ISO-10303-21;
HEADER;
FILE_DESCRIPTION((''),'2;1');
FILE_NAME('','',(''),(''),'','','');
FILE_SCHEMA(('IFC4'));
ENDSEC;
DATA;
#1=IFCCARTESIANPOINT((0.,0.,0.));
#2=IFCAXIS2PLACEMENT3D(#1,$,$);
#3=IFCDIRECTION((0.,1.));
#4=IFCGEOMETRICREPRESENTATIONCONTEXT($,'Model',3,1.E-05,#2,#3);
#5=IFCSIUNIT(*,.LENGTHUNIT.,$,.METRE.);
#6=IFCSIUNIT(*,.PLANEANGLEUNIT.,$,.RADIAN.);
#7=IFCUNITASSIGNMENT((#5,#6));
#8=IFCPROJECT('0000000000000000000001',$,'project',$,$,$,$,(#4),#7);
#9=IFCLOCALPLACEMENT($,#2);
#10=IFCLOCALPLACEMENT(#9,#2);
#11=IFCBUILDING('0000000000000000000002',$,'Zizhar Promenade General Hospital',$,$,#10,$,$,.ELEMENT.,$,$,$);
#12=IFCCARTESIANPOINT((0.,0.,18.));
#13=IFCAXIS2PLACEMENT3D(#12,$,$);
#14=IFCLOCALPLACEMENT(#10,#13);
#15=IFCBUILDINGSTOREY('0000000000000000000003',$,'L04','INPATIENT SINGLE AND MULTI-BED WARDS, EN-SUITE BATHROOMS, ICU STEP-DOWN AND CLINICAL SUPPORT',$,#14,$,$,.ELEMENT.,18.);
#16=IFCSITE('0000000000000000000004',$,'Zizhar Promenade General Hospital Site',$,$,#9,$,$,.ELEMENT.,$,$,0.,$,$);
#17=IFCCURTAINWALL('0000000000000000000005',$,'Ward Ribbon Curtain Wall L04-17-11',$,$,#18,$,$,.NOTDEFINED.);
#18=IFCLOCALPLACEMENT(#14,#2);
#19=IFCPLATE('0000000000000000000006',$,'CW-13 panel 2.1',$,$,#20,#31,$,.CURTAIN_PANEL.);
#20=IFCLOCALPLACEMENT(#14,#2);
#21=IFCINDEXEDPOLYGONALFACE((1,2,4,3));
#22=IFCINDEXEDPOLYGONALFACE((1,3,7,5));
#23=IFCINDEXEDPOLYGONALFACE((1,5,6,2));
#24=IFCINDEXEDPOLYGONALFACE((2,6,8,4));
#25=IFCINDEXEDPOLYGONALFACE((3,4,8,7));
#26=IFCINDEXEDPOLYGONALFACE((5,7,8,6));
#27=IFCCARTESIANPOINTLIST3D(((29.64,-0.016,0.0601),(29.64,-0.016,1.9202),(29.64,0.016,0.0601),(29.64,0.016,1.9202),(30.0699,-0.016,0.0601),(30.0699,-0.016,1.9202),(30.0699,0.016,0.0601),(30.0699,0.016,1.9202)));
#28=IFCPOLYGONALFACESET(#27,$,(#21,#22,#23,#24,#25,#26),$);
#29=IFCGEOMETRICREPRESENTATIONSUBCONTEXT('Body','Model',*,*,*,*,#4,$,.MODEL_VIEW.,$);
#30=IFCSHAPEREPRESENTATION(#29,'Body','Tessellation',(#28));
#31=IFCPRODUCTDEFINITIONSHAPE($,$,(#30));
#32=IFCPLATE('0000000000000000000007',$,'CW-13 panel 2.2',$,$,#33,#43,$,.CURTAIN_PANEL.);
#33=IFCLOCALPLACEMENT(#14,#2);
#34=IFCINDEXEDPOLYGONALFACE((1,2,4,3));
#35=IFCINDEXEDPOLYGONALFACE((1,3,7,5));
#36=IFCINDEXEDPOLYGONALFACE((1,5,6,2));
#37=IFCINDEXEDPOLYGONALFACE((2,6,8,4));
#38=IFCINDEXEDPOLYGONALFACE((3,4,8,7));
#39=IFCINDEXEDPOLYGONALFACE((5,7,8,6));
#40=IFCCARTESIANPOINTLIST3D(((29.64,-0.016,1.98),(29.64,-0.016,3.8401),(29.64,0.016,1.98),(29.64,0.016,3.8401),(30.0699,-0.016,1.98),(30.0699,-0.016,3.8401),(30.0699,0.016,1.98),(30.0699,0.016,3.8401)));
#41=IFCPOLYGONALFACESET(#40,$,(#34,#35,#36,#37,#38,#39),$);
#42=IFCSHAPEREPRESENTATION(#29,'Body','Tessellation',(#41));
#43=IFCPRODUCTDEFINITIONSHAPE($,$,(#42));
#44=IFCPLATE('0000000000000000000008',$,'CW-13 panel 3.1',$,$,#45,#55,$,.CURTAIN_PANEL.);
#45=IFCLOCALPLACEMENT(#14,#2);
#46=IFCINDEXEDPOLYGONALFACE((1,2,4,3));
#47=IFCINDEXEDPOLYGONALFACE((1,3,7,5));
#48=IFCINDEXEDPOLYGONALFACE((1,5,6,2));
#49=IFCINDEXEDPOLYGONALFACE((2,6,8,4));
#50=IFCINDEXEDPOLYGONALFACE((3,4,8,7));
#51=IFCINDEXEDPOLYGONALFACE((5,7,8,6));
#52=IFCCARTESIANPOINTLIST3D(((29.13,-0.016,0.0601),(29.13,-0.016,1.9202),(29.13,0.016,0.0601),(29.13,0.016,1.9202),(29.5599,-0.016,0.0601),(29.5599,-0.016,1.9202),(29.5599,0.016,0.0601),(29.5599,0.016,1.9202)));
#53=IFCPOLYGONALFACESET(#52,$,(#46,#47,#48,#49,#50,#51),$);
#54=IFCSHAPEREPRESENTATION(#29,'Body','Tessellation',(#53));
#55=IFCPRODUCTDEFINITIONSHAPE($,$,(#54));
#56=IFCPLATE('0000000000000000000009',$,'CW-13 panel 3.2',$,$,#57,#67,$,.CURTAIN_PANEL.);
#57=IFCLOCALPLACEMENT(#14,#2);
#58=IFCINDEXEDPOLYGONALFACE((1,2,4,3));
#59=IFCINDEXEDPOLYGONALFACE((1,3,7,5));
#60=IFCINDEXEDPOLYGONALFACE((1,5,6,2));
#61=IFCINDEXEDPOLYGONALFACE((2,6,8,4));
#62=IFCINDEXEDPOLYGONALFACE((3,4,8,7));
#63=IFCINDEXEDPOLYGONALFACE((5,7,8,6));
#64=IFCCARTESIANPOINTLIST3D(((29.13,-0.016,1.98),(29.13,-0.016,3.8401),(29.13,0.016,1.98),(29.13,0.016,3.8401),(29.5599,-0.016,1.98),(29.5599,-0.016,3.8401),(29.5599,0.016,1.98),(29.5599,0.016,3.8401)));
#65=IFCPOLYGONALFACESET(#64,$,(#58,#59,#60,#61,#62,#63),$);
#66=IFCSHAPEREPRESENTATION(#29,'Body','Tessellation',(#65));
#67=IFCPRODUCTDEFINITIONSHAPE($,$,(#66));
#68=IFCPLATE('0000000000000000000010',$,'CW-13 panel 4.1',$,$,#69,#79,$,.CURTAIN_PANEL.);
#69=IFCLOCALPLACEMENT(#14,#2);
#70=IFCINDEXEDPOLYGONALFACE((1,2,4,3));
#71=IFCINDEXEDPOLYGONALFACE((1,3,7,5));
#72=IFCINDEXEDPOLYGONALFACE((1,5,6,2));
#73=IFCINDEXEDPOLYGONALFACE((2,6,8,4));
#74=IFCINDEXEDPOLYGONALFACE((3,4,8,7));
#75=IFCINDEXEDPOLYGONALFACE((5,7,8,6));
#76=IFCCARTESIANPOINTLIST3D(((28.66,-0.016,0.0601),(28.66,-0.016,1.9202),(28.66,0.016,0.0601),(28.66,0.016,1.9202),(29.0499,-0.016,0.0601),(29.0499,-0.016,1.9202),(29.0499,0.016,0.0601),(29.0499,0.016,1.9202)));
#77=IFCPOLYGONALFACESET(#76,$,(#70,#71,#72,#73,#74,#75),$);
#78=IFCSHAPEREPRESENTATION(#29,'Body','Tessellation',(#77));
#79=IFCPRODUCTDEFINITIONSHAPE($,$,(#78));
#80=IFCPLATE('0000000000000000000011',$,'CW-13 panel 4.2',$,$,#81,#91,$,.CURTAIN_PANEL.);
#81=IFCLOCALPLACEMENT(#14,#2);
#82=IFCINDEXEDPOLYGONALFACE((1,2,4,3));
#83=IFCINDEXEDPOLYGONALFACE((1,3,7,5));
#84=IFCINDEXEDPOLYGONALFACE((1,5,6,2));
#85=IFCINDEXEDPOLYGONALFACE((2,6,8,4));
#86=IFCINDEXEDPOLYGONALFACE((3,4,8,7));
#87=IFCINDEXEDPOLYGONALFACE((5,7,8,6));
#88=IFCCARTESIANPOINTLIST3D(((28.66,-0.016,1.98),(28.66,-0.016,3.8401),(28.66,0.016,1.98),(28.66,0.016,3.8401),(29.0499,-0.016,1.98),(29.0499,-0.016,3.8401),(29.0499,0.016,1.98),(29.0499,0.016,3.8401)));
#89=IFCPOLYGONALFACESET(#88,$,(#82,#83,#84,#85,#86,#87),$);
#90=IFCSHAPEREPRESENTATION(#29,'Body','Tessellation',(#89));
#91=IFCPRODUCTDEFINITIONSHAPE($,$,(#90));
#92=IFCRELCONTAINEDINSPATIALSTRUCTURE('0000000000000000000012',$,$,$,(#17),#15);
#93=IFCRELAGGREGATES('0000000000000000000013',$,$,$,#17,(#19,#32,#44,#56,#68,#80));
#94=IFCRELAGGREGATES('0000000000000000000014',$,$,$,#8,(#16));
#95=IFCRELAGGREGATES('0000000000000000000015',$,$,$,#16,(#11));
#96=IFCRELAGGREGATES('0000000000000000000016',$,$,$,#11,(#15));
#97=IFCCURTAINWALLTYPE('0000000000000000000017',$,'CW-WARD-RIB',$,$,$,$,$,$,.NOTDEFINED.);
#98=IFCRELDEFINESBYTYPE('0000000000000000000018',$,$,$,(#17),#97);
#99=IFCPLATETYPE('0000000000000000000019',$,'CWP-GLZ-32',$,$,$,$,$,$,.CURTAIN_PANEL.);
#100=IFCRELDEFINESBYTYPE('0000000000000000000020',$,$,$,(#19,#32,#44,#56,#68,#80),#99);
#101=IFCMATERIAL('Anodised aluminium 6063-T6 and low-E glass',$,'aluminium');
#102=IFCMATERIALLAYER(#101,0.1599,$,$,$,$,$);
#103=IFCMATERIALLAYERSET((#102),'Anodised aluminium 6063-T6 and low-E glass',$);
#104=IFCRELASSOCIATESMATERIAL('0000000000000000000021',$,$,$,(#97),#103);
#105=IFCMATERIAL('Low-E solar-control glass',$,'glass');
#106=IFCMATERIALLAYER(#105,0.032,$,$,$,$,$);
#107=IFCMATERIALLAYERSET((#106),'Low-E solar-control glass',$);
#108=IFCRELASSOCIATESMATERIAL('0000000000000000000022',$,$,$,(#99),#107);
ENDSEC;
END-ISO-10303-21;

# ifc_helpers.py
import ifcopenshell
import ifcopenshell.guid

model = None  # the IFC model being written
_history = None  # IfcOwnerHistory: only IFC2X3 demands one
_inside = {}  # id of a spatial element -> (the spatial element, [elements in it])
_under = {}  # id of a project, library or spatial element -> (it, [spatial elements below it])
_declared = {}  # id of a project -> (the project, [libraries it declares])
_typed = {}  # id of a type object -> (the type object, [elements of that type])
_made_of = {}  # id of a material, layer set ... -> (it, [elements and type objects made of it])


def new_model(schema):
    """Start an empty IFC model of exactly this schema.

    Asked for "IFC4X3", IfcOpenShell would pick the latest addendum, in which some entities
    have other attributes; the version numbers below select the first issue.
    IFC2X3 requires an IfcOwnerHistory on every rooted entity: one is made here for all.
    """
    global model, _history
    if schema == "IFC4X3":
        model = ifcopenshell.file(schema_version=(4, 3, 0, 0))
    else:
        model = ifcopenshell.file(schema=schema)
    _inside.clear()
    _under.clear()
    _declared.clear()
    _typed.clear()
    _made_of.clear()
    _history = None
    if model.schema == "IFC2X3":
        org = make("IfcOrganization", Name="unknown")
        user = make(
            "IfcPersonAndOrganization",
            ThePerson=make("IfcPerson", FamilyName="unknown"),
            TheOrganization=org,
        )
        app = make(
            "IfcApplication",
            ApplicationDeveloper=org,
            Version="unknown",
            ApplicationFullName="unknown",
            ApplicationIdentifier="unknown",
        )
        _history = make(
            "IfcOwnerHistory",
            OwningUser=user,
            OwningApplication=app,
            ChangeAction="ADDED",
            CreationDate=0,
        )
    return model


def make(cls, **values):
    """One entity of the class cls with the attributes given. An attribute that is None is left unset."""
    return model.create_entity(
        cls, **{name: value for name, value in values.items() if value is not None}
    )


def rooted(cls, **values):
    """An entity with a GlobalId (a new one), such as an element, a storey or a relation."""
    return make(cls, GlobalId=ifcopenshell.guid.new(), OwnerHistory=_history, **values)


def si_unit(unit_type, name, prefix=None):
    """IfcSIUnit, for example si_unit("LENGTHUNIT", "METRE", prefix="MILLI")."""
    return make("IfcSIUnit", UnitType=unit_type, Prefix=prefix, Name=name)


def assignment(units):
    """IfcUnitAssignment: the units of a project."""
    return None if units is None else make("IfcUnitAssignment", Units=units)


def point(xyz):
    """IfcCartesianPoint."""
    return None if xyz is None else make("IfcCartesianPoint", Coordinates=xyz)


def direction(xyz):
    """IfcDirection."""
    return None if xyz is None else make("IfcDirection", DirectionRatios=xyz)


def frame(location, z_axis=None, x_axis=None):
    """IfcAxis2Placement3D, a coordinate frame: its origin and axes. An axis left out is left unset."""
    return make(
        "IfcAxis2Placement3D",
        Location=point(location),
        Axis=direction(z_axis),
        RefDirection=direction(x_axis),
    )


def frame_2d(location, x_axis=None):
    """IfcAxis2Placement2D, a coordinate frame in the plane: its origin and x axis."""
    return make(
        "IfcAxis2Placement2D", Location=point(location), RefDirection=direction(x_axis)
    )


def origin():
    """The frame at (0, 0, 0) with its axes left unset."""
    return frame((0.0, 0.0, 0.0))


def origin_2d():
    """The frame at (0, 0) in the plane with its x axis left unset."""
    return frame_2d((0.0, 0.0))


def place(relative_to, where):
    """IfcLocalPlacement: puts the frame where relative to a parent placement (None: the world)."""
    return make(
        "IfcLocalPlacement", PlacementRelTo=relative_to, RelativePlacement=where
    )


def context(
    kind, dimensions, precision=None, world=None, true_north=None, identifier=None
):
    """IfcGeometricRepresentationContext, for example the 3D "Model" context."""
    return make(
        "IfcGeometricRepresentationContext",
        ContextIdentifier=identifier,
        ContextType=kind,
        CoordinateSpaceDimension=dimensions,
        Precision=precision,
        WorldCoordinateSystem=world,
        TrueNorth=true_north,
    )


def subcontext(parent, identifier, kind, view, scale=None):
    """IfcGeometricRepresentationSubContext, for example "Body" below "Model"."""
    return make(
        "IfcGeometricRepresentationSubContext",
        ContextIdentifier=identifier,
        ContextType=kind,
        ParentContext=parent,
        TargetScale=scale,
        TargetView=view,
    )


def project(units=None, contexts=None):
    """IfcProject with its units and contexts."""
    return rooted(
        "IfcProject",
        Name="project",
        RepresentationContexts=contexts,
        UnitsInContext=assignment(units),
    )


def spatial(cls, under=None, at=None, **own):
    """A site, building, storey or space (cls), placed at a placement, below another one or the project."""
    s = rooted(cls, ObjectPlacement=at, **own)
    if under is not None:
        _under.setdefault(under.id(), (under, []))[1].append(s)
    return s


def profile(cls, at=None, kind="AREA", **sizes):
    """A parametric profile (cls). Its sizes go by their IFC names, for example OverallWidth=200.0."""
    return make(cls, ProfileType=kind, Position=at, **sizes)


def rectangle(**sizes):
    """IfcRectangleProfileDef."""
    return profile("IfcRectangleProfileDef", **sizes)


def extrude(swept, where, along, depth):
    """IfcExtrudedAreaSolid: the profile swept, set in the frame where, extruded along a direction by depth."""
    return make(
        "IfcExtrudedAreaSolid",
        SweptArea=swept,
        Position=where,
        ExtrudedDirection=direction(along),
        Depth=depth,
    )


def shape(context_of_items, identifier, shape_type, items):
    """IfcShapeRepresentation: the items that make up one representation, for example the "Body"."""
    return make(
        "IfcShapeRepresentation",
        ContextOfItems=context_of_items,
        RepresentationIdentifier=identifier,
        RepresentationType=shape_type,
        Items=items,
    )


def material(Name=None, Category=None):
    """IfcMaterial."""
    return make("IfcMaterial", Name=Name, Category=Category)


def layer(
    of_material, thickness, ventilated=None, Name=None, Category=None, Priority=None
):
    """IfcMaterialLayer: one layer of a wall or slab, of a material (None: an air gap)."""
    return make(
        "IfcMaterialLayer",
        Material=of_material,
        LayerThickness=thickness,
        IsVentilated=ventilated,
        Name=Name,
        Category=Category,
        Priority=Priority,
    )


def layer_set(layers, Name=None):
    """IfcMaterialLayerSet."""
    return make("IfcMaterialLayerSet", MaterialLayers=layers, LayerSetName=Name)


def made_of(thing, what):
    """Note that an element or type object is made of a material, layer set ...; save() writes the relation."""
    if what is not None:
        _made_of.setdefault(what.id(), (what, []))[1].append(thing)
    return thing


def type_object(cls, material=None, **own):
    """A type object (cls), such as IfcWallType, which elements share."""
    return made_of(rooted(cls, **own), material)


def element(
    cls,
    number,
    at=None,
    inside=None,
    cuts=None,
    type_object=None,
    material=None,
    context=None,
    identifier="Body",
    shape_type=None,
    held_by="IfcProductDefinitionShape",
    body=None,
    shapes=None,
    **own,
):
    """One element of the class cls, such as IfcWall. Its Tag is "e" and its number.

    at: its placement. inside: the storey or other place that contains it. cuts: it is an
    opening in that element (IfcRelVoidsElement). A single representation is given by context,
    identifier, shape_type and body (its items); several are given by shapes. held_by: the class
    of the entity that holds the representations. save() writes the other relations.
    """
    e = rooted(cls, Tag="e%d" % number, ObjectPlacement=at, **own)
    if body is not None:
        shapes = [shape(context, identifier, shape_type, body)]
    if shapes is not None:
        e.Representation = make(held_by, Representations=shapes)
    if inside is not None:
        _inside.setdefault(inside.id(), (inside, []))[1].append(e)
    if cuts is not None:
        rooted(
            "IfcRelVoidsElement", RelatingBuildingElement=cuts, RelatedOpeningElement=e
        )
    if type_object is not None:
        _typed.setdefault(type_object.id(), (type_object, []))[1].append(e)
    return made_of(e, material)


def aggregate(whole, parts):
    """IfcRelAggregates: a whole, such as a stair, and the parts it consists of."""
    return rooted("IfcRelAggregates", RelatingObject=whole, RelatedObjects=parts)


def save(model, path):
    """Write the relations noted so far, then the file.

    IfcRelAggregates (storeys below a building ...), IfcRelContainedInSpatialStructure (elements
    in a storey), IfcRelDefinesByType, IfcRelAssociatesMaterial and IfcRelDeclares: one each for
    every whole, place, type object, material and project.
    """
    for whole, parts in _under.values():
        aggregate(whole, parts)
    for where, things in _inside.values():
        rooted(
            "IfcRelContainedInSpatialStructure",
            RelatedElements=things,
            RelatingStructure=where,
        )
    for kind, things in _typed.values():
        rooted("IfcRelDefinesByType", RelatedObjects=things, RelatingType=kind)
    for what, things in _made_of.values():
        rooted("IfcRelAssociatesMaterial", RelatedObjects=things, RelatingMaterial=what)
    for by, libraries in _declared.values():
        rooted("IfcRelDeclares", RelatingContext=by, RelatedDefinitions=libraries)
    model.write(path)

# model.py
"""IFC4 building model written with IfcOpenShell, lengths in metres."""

from ifc_helpers import new_model, si_unit, direction, frame, origin, origin_2d, place, context, subcontext, project, spatial, rectangle, extrude, material, layer, layer_set, type_object, element, aggregate, save


model = new_model("IFC4")

# Units and contexts
model_context = context("Model", 3, precision=1e-05, world=origin(), true_north=direction((0.0, 1.0)))
body_context = subcontext(model_context, "Body", "Model", "MODEL_VIEW")
ifc_project = project(units=[si_unit("LENGTHUNIT", "METRE"), si_unit("PLANEANGLEUNIT", "RADIAN")], contexts=[model_context])

# Site, building, storey
site_placement = place(None, origin())
site = spatial("IfcSite", under=ifc_project, at=site_placement, Name="Zizhar Promenade General Hospital Site", CompositionType="ELEMENT", RefElevation=0.0)
building_placement = place(site_placement, origin())
building = spatial("IfcBuilding", under=site, at=building_placement, Name="Zizhar Promenade General Hospital", CompositionType="ELEMENT")
storey_placement = place(building_placement, frame((0.0, 0.0, 18.0)))
storey = spatial("IfcBuildingStorey", under=building, at=storey_placement, Name="L04", Description="INPATIENT SINGLE AND MULTI-BED WARDS, EN-SUITE BATHROOMS, ICU STEP-DOWN AND CLINICAL SUPPORT", CompositionType="ELEMENT", Elevation=18.0)

# Curtain wall, plates
ifc_material_1 = material(Name="Anodised aluminium 6063-T6 and low-E glass", Category="aluminium")
ifc_layer_1 = layer(ifc_material_1, 0.1599)
ifc_layer_set_1 = layer_set([ifc_layer_1], Name="Anodised aluminium 6063-T6 and low-E glass")
curtain_wall_type = type_object("IfcCurtainWallType", Name="CW-WARD-RIB", PredefinedType="NOTDEFINED", material=ifc_layer_set_1)
curtain_wall_placement = place(storey_placement, origin())
curtain_wall = element("IfcCurtainWall", 1, at=curtain_wall_placement, inside=storey, type_object=curtain_wall_type, Name="Ward Ribbon Curtain Wall L04-17-11", PredefinedType="NOTDEFINED")
ifc_material_2 = material(Name="Low-E solar-control glass", Category="glass")
ifc_layer_2 = layer(ifc_material_2, 0.032)
ifc_layer_set_2 = layer_set([ifc_layer_2], Name="Low-E solar-control glass")
plate_type = type_object("IfcPlateType", Name="CWP-GLZ-32", PredefinedType="CURTAIN_PANEL", material=ifc_layer_set_2)
plate_1_placement = place(storey_placement, frame((29.855, 0.0, 0.0601), z_axis=(0.0, 0.0, 1.0), x_axis=(-1.0, 0.0, 0.0)))
plate_1 = element("IfcPlate", 2, at=plate_1_placement, type_object=plate_type, Name="CW-13 panel 2.1", PredefinedType="CURTAIN_PANEL", context=body_context, shape_type="SweptSolid", body=[
    extrude(rectangle(XDim=0.4299, YDim=0.032, at=origin_2d()), origin(), (0.0, 0.0, 1.0), 1.8601),
])
plate_2_placement = place(storey_placement, frame((29.855, 0.0, 1.98), z_axis=(0.0, 0.0, 1.0), x_axis=(-1.0, 0.0, 0.0)))
plate_2 = element("IfcPlate", 3, at=plate_2_placement, type_object=plate_type, Name="CW-13 panel 2.2", PredefinedType="CURTAIN_PANEL", context=body_context, shape_type="SweptSolid", body=[
    extrude(rectangle(XDim=0.4299, YDim=0.032, at=origin_2d()), origin(), (0.0, 0.0, 1.0), 1.8601),
])
plate_3_placement = place(storey_placement, frame((29.345, 0.0, 0.0601), z_axis=(0.0, 0.0, 1.0), x_axis=(-1.0, 0.0, 0.0)))
plate_3 = element("IfcPlate", 4, at=plate_3_placement, type_object=plate_type, Name="CW-13 panel 3.1", PredefinedType="CURTAIN_PANEL", context=body_context, shape_type="SweptSolid", body=[
    extrude(rectangle(XDim=0.4299, YDim=0.032, at=origin_2d()), origin(), (0.0, 0.0, 1.0), 1.8601),
])
plate_4_placement = place(storey_placement, frame((29.345, 0.0, 1.98), z_axis=(0.0, 0.0, 1.0), x_axis=(-1.0, 0.0, 0.0)))
plate_4 = element("IfcPlate", 5, at=plate_4_placement, type_object=plate_type, Name="CW-13 panel 3.2", PredefinedType="CURTAIN_PANEL", context=body_context, shape_type="SweptSolid", body=[
    extrude(rectangle(XDim=0.4299, YDim=0.032, at=origin_2d()), origin(), (0.0, 0.0, 1.0), 1.8601),
])
plate_5_placement = place(storey_placement, frame((28.855, 0.0, 0.0601), z_axis=(0.0, 0.0, 1.0), x_axis=(-1.0, 0.0, 0.0)))
plate_5 = element("IfcPlate", 6, at=plate_5_placement, type_object=plate_type, Name="CW-13 panel 4.1", PredefinedType="CURTAIN_PANEL", context=body_context, shape_type="SweptSolid", body=[
    extrude(rectangle(XDim=0.3899, YDim=0.032, at=origin_2d()), origin(), (0.0, 0.0, 1.0), 1.8601),
])
plate_6_placement = place(storey_placement, frame((28.855, 0.0, 1.98), z_axis=(0.0, 0.0, 1.0), x_axis=(-1.0, 0.0, 0.0)))
plate_6 = element("IfcPlate", 7, at=plate_6_placement, type_object=plate_type, Name="CW-13 panel 4.2", PredefinedType="CURTAIN_PANEL", context=body_context, shape_type="SweptSolid", body=[
    extrude(rectangle(XDim=0.3899, YDim=0.032, at=origin_2d()), origin(), (0.0, 0.0, 1.0), 1.8601),
])
aggregate(curtain_wall, [plate_1, plate_2, plate_3, plate_4, plate_5, plate_6])

save(model, "model.ifc")
